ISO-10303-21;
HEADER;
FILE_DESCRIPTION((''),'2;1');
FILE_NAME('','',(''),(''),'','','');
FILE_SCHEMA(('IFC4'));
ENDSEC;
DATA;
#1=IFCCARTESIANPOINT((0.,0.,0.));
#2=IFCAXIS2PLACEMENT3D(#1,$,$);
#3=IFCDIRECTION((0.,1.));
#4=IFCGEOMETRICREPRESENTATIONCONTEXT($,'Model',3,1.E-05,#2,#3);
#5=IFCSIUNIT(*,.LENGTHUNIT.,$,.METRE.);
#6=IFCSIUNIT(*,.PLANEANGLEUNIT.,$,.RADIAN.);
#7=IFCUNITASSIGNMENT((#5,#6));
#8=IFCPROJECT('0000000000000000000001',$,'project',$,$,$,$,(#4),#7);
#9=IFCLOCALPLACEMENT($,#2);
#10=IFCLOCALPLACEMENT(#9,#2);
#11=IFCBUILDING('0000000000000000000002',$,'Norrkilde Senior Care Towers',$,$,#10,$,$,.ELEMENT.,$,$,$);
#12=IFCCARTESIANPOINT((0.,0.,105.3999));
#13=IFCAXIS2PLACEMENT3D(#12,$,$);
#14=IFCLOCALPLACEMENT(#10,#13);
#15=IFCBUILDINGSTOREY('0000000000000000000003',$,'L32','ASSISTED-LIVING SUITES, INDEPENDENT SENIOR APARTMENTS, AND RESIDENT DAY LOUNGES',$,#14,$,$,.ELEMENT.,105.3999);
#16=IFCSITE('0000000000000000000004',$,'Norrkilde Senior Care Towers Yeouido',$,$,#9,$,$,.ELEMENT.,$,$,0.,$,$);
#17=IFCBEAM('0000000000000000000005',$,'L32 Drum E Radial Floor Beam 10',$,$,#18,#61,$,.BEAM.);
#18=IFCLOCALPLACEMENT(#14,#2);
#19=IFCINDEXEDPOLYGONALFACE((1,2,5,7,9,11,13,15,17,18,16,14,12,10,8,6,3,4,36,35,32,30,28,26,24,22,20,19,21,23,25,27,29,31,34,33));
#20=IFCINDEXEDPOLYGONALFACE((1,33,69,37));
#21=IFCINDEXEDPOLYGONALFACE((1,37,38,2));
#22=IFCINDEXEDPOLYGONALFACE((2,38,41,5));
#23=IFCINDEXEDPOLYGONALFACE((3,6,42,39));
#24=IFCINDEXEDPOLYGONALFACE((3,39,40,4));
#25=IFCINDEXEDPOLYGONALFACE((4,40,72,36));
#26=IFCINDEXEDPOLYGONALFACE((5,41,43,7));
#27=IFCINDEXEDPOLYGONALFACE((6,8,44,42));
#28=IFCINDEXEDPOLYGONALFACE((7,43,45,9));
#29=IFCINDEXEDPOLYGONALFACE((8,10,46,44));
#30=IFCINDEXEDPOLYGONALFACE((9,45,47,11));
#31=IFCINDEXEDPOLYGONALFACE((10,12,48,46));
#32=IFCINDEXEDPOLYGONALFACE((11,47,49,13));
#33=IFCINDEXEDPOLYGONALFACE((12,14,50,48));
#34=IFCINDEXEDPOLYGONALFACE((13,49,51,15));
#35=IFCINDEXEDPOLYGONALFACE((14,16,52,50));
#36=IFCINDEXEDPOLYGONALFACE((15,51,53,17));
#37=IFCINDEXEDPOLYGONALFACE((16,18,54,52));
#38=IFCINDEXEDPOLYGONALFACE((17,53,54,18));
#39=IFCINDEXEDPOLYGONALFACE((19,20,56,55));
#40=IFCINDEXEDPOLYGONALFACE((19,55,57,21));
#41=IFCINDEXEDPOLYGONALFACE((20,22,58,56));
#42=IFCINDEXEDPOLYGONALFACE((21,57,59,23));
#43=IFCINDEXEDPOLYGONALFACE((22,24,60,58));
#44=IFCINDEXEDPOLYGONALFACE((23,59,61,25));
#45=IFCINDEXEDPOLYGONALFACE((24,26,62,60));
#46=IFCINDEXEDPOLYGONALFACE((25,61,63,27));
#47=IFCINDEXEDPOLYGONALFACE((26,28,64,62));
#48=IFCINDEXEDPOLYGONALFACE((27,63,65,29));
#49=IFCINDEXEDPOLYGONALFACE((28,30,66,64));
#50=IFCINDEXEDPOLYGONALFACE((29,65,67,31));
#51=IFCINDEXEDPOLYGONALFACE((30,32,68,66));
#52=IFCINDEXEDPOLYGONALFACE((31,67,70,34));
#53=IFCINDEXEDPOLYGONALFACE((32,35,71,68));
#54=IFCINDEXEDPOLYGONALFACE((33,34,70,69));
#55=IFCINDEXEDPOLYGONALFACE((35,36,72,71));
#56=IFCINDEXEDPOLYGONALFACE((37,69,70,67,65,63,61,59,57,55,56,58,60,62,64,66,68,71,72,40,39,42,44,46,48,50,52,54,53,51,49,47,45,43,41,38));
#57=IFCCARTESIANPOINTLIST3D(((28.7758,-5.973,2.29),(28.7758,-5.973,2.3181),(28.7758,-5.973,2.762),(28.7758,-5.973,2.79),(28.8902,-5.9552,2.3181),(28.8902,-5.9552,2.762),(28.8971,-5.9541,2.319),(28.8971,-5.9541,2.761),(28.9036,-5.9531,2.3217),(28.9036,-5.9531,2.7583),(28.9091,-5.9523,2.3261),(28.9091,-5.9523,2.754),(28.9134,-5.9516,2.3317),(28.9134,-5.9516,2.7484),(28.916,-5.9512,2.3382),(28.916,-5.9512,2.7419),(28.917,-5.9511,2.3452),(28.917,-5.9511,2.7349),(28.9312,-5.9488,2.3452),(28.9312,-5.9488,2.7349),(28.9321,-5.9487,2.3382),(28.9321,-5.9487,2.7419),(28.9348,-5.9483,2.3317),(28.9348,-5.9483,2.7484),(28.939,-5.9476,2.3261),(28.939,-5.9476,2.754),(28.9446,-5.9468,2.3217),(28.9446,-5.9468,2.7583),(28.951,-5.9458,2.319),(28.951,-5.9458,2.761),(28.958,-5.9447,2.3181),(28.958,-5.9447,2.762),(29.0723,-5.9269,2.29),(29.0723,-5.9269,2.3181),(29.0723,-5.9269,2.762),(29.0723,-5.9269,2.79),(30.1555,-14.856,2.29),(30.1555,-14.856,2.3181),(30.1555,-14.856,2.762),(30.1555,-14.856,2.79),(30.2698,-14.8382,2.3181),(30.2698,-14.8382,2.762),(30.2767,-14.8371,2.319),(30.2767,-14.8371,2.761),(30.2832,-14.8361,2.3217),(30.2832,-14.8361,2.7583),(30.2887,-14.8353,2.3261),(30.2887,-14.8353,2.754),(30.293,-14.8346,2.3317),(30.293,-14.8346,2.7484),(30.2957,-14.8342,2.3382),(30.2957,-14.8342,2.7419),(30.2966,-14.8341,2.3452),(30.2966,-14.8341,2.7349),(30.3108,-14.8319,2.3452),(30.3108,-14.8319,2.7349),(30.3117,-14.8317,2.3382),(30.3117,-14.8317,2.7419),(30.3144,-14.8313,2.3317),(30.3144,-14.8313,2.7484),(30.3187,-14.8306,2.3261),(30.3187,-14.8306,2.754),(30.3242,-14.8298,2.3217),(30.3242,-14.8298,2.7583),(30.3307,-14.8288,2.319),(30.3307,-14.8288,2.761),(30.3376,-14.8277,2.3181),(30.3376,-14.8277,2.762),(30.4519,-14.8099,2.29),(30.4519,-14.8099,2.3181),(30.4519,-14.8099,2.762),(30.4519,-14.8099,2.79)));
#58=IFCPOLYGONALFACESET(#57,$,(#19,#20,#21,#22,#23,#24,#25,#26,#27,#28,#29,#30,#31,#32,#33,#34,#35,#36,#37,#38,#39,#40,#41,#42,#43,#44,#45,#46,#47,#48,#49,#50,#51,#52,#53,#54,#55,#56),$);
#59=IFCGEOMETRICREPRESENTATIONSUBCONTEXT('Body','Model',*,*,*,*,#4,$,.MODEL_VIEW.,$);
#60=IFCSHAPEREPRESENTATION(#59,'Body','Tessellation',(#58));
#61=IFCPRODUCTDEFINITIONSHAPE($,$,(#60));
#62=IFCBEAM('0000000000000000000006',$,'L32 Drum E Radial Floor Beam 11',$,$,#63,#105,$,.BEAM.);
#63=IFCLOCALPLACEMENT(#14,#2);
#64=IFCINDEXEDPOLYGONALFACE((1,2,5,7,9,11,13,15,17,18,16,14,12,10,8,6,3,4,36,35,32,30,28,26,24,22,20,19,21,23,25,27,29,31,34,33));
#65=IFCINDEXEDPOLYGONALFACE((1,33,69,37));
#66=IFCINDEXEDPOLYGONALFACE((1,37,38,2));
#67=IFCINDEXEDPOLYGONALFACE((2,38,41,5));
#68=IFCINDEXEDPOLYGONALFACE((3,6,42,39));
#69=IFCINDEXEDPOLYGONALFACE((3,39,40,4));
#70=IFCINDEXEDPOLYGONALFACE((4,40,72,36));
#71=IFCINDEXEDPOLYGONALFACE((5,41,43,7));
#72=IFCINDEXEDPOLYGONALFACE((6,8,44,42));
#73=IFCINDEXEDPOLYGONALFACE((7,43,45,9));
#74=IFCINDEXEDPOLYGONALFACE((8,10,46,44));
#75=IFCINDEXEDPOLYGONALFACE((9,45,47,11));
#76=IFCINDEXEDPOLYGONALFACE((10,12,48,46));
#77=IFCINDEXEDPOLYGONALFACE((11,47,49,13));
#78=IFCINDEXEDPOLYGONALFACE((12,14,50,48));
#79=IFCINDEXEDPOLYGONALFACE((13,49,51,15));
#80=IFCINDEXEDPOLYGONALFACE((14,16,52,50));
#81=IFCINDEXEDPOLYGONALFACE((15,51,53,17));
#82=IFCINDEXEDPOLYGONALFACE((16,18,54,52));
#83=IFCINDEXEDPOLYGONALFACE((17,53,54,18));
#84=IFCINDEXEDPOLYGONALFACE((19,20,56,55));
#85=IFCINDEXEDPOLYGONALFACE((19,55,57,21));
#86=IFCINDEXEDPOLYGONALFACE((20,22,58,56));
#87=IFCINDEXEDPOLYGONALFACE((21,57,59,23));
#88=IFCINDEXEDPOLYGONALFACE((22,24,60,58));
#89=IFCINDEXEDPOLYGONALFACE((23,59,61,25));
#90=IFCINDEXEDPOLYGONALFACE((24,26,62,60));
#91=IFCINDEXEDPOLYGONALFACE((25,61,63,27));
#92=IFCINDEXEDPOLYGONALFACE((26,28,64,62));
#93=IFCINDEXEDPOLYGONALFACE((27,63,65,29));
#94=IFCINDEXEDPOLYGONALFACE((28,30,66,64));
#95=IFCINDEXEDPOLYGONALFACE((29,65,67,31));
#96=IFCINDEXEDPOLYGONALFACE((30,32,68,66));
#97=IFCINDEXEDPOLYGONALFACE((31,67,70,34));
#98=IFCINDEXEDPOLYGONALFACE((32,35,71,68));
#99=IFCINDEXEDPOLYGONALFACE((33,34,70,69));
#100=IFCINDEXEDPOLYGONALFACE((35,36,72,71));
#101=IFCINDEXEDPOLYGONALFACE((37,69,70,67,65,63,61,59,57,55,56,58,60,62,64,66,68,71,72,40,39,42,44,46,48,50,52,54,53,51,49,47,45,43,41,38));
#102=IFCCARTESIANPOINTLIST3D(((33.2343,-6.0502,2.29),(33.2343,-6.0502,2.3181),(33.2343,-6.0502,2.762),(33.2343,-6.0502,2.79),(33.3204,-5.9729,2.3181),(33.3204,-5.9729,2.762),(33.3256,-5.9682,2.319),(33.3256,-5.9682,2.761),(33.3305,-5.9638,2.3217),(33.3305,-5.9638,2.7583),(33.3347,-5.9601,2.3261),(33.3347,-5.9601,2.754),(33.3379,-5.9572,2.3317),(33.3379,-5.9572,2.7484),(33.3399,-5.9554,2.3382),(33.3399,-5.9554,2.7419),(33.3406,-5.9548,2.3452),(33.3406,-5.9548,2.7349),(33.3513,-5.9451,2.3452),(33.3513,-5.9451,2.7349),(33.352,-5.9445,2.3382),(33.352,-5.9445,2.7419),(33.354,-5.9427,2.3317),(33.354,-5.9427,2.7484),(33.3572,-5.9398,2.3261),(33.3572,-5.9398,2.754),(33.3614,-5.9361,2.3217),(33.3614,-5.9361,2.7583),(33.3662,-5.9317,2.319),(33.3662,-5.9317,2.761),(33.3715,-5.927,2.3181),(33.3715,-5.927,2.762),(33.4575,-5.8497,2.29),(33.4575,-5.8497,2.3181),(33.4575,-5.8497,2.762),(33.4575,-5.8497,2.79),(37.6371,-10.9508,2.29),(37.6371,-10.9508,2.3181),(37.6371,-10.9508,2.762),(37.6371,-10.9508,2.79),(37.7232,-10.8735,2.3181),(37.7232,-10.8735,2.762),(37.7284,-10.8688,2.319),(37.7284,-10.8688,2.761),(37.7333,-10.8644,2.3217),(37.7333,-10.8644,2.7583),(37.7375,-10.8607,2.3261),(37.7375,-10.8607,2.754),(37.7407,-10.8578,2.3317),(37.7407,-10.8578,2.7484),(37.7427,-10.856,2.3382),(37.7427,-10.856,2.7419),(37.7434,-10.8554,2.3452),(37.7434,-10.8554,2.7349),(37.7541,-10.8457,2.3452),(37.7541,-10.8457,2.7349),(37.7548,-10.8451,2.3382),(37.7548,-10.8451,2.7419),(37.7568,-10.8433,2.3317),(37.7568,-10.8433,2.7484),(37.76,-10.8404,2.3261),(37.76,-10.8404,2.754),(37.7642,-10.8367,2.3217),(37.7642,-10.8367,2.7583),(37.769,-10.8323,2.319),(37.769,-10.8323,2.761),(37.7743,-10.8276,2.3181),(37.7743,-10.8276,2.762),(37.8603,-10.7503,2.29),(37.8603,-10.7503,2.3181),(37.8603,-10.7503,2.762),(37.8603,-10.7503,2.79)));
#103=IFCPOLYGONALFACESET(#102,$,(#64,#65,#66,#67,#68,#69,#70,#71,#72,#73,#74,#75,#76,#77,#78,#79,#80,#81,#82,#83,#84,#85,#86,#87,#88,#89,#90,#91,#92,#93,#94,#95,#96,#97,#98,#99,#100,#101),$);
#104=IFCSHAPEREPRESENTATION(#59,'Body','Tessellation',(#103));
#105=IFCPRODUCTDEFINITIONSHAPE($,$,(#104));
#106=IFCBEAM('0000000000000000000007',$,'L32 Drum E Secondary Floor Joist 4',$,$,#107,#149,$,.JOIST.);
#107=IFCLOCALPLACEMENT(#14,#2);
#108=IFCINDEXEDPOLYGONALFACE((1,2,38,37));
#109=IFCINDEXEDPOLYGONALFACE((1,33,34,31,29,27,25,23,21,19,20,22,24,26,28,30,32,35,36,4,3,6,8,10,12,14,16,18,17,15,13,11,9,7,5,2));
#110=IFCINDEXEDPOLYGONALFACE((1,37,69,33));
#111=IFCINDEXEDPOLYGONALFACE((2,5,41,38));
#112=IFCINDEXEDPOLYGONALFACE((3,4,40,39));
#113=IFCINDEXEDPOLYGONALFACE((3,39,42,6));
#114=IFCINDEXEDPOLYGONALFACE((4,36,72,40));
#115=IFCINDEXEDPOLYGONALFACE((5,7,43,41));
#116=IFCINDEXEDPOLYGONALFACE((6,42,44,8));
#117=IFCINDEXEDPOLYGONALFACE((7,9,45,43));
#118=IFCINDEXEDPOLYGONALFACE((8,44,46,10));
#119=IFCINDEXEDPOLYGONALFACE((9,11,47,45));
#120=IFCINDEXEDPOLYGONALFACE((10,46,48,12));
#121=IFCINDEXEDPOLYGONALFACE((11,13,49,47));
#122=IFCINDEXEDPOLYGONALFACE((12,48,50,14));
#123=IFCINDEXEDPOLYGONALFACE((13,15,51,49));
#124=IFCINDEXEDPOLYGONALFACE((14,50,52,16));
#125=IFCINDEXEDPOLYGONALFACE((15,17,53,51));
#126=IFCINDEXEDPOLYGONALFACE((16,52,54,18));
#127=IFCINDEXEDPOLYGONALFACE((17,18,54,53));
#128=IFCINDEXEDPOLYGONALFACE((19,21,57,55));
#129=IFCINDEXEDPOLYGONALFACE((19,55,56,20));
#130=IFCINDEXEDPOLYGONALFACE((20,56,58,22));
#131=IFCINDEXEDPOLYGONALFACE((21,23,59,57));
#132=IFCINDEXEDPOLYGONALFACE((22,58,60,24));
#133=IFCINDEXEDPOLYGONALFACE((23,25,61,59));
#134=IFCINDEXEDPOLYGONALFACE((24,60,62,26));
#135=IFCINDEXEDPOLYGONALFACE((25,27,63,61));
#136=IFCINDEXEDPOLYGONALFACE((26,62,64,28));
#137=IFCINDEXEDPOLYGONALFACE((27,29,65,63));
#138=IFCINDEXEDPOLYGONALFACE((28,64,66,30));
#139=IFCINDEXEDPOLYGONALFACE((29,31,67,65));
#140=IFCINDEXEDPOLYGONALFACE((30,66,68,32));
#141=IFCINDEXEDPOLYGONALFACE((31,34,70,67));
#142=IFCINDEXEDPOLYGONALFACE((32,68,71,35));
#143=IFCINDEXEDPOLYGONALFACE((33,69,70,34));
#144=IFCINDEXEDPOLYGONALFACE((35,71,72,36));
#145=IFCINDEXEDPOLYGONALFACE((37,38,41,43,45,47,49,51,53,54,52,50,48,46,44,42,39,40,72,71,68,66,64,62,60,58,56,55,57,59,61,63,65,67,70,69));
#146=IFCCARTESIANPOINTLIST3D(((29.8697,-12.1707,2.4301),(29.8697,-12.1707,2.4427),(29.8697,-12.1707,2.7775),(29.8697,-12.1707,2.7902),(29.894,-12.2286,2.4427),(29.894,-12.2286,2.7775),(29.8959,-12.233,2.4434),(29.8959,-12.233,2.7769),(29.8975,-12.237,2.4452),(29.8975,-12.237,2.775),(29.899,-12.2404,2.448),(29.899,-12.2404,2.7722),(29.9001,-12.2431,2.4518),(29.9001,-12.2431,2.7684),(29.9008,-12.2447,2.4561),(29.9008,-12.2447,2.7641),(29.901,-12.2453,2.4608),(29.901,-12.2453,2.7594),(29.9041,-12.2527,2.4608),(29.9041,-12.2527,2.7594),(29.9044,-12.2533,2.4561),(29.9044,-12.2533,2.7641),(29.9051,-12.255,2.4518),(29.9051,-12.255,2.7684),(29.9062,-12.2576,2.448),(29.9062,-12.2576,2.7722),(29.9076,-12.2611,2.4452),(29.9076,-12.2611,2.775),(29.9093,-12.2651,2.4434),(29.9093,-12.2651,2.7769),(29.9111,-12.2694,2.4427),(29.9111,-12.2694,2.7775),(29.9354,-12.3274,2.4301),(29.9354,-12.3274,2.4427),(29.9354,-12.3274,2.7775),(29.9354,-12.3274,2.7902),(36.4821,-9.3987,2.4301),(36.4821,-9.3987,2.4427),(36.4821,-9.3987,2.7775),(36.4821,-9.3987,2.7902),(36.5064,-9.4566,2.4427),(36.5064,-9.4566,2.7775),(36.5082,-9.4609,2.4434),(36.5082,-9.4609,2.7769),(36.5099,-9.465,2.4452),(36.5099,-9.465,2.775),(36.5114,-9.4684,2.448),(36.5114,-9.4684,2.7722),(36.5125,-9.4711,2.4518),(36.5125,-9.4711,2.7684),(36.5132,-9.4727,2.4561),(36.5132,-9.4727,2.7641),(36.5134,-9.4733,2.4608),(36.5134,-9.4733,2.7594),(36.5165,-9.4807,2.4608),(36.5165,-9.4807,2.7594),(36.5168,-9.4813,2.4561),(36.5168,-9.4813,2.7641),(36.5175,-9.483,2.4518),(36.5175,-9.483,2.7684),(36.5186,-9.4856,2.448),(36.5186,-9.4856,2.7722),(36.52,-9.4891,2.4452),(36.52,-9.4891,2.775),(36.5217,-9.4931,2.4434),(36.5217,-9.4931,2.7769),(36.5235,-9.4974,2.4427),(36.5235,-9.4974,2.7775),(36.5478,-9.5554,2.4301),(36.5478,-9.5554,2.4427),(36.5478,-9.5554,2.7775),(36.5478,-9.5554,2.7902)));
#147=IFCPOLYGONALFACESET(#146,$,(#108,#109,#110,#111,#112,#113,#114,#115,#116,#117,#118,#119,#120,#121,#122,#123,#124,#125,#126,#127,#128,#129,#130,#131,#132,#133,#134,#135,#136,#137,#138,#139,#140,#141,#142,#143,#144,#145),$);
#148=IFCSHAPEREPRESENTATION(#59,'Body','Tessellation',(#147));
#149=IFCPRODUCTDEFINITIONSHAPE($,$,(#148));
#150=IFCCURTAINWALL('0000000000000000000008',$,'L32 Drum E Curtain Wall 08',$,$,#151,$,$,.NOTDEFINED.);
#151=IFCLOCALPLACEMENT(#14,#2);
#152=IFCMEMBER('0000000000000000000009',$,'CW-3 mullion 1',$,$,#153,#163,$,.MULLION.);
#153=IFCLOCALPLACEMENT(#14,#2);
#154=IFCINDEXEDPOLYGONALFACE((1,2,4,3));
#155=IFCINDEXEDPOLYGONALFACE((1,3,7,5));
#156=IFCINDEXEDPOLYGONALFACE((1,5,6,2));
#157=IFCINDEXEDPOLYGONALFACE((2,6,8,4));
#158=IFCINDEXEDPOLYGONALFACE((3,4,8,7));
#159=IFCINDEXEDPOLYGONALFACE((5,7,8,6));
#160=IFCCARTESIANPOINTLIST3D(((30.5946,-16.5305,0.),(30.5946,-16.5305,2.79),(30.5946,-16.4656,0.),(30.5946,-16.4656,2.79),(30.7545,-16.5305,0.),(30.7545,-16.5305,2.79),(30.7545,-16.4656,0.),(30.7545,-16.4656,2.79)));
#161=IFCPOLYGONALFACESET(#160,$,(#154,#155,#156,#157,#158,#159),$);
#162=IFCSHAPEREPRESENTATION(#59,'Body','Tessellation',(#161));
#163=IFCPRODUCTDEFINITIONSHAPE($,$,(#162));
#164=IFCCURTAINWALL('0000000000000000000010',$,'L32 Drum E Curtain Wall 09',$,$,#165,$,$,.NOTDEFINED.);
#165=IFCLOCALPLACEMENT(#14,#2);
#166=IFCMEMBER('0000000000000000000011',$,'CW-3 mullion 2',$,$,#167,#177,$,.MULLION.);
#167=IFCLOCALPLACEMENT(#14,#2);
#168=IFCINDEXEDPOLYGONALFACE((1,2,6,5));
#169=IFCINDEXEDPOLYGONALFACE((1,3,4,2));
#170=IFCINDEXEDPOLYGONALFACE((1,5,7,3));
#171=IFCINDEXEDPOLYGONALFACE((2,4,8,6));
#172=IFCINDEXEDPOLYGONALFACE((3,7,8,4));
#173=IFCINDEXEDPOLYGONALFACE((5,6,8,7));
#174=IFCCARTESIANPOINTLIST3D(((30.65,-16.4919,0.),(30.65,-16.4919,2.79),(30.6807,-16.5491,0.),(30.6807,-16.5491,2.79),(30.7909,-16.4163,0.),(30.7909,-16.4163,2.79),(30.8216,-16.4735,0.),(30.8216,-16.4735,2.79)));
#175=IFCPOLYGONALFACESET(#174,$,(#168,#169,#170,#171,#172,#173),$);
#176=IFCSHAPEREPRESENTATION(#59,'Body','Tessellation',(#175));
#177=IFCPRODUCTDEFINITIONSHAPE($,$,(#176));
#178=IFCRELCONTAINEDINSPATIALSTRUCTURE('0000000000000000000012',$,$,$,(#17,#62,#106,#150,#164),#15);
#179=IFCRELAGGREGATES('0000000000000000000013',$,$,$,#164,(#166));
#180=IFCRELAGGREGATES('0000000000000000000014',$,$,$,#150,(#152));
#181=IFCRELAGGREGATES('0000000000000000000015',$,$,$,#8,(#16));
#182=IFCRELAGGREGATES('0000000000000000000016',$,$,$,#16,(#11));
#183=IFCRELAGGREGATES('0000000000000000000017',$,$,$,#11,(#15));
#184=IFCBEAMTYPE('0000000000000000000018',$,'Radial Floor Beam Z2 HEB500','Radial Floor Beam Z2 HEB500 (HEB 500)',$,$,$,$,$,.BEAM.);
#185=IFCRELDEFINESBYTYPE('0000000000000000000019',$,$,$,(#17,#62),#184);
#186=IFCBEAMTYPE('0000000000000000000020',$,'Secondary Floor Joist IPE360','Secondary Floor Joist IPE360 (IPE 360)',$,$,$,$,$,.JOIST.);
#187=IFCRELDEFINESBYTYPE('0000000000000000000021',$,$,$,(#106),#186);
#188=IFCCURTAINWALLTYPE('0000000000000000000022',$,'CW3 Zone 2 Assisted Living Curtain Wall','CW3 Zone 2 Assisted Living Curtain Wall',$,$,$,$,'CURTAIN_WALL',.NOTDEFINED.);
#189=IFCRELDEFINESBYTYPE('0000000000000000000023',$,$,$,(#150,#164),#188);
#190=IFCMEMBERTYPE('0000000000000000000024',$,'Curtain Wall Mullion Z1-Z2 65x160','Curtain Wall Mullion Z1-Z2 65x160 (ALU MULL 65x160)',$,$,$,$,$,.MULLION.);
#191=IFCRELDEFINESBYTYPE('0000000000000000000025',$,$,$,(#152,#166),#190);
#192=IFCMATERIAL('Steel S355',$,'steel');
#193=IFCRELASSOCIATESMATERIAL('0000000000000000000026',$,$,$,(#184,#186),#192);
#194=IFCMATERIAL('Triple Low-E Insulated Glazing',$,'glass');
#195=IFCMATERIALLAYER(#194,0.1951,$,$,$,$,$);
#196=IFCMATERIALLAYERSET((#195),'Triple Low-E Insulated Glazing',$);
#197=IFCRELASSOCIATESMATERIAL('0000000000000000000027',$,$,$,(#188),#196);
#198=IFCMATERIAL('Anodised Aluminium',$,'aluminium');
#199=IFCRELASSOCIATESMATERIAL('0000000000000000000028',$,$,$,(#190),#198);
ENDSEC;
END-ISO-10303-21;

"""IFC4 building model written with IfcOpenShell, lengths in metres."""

from ifc_helpers import new_model, si_unit, direction, frame, origin, origin_2d, place, context, subcontext, project, spatial, rectangle, i_section, extrude, source, transform, mapped, material, layer, layer_set, material_profile, profile_set, type_object, type_shapes, element, aggregate, save


model = new_model("IFC4")

# Units and contexts
model_context = context("Model", 3, precision=1e-05, world=origin(), true_north=direction((0.0, 1.0)))
body_context = subcontext(model_context, "Body", "Model", "MODEL_VIEW")
ifc_project = project(units=[si_unit("LENGTHUNIT", "METRE"), si_unit("PLANEANGLEUNIT", "RADIAN")], contexts=[model_context])

# Site, building, storey
site_placement = place(None, origin())
site = spatial("IfcSite", under=ifc_project, at=site_placement, Name="Norrkilde Senior Care Towers Yeouido", CompositionType="ELEMENT", RefElevation=0.0)
building_placement = place(site_placement, origin())
building = spatial("IfcBuilding", under=site, at=building_placement, Name="Norrkilde Senior Care Towers", CompositionType="ELEMENT")
storey_placement = place(building_placement, frame((0.0, 0.0, 105.3999)))
storey = spatial("IfcBuildingStorey", under=building, at=storey_placement, Name="L32", Description="ASSISTED-LIVING SUITES, INDEPENDENT SENIOR APARTMENTS, AND RESIDENT DAY LOUNGES", CompositionType="ELEMENT", Elevation=105.3999)

# Beams
ifc_material_1 = material(Name="Steel S355", Category="steel")
ifc_material_profile_1 = material_profile(ifc_material_1, i_section(OverallWidth=0.3, OverallDepth=0.5, WebThickness=0.0144, FlangeThickness=0.0281, FilletRadius=0.0271, at=origin_2d()), Name="HEB 500")
ifc_profile_set_1 = profile_set([ifc_material_profile_1], Name="Steel S355")
beam_type_1 = type_object("IfcBeamType", Name="Radial Floor Beam Z2 HEB500", Description="Radial Floor Beam Z2 HEB500 (HEB 500)", PredefinedType="BEAM", material=ifc_profile_set_1)
shared_shape_1 = source(origin(), body_context, "Body", "SweptSolid", [
    extrude(i_section(OverallWidth=0.3, OverallDepth=0.5, WebThickness=0.0144, FlangeThickness=0.0281, FilletRadius=0.0271, at=origin_2d()), origin(), (0.0, 0.0, 1.0), 8.9895),
])
beam_1_placement = place(storey_placement, frame((28.9241, -5.95, 2.54), z_axis=(0.153471, -0.988153, 0.0), x_axis=(0.988153, 0.153471, 0.0)))
element("IfcBeam", 1, at=beam_1_placement, inside=storey, type_object=beam_type_1, Name="L32 Drum E Radial Floor Beam 10", PredefinedType="BEAM", context=body_context, shape_type="MappedRepresentation", body=[
    mapped(shared_shape_1, transform((0.0, 0.0, 0.0), x_axis=(1.0, 0.0, 0.0), y_axis=(0.0, 1.0, 0.0), z_axis=(0.0, 0.0, 1.0), scale=1.0)),
])
shared_shape_2 = source(origin(), body_context, "Body", "SweptSolid", [
    extrude(i_section(OverallWidth=0.3, OverallDepth=0.5, WebThickness=0.0144, FlangeThickness=0.0281, FilletRadius=0.0271, at=origin_2d()), origin(), (0.0, 0.0, 1.0), 6.5879),
])
beam_2_placement = place(storey_placement, frame((33.3459, -5.95, 2.54), z_axis=(0.668315, -0.743878, 0.0), x_axis=(0.743878, 0.668315, 0.0)))
element("IfcBeam", 2, at=beam_2_placement, inside=storey, type_object=beam_type_1, Name="L32 Drum E Radial Floor Beam 11", PredefinedType="BEAM", context=body_context, shape_type="MappedRepresentation", body=[
    mapped(shared_shape_2, transform((0.0, 0.0, 0.0), x_axis=(1.0, 0.0, 0.0), y_axis=(0.0, 1.0, 0.0), z_axis=(0.0, 0.0, 1.0), scale=1.0)),
])
ifc_material_profile_2 = material_profile(ifc_material_1, i_section(OverallWidth=0.1699, OverallDepth=0.3601, WebThickness=0.0081, FlangeThickness=0.0127, FilletRadius=0.0181, at=origin_2d()), Name="IPE 360")
ifc_profile_set_2 = profile_set([ifc_material_profile_2], Name="Steel S355")
beam_type_2 = type_object("IfcBeamType", Name="Secondary Floor Joist IPE360", Description="Secondary Floor Joist IPE360 (IPE 360)", PredefinedType="JOIST", material=ifc_profile_set_2)
shared_shape_3 = source(origin(), body_context, "Body", "SweptSolid", [
    extrude(i_section(OverallWidth=0.1699, OverallDepth=0.3601, WebThickness=0.0081, FlangeThickness=0.0127, FilletRadius=0.0181, at=origin_2d()), origin(), (0.0, 0.0, 1.0), 7.1699),
])
type_shapes(beam_type_2, [shared_shape_3])
beam_3_placement = place(storey_placement, frame((29.9026, -12.249, 2.6101), z_axis=(0.922241, 0.386616, 0.0), x_axis=(-0.386616, 0.922241, 0.0)))
element("IfcBeam", 3, at=beam_3_placement, inside=storey, type_object=beam_type_2, Name="L32 Drum E Secondary Floor Joist 4", PredefinedType="JOIST", context=body_context, shape_type="MappedRepresentation", body=[
    mapped(shared_shape_3, transform((0.0, 0.0, 0.0), x_axis=(1.0, 0.0, 0.0), y_axis=(0.0, 1.0, 0.0), z_axis=(0.0, 0.0, 1.0), scale=1.0)),
])

# Curtain walls, members
ifc_material_2 = material(Name="Triple Low-E Insulated Glazing", Category="glass")
ifc_layer_1 = layer(ifc_material_2, 0.1951)
ifc_layer_set_1 = layer_set([ifc_layer_1], Name="Triple Low-E Insulated Glazing")
curtain_wall_type = type_object("IfcCurtainWallType", Name="CW3 Zone 2 Assisted Living Curtain Wall", Description="CW3 Zone 2 Assisted Living Curtain Wall", ElementType="CURTAIN_WALL", PredefinedType="NOTDEFINED", material=ifc_layer_set_1)
curtain_wall_1_placement = place(storey_placement, origin())
curtain_wall_1 = element("IfcCurtainWall", 4, at=curtain_wall_1_placement, inside=storey, type_object=curtain_wall_type, Name="L32 Drum E Curtain Wall 08", PredefinedType="NOTDEFINED")
ifc_material_3 = material(Name="Anodised Aluminium", Category="aluminium")
ifc_material_profile_3 = material_profile(ifc_material_3, rectangle(XDim=0.0649, YDim=0.1599, at=origin_2d()), Name="ALU MULL 65x160")
ifc_profile_set_3 = profile_set([ifc_material_profile_3], Name="Anodised Aluminium")
member_type_1 = type_object("IfcMemberType", Name="Curtain Wall Mullion Z1-Z2 65x160", Description="Curtain Wall Mullion Z1-Z2 65x160 (ALU MULL 65x160)", PredefinedType="MULLION", material=ifc_profile_set_3)
shared_shape_4 = source(origin(), body_context, "Body", "SweptSolid", [
    extrude(rectangle(XDim=0.0649, YDim=0.1599, at=origin_2d()), origin(), (0.0, 0.0, 1.0), 2.79),
])
type_shapes(member_type_1, [shared_shape_4])
member_1_placement = place(storey_placement, frame((30.6746, -16.498, 0.0), z_axis=(0.0, 0.0, 1.0), x_axis=(0.0, -1.0, 0.0)))
member_1 = element("IfcMember", 5, at=member_1_placement, type_object=member_type_1, Name="CW-3 mullion 1", PredefinedType="MULLION", context=body_context, shape_type="MappedRepresentation", body=[
    mapped(shared_shape_4, transform((0.0, 0.0, 0.0), x_axis=(1.0, 0.0, 0.0), y_axis=(0.0, 1.0, 0.0), z_axis=(0.0, 0.0, 1.0), scale=1.0)),
])
curtain_wall_2_placement = place(storey_placement, origin())
curtain_wall_2 = element("IfcCurtainWall", 6, at=curtain_wall_2_placement, inside=storey, type_object=curtain_wall_type, Name="L32 Drum E Curtain Wall 09", PredefinedType="NOTDEFINED")
member_2_placement = place(storey_placement, frame((30.7358, -16.4827, 0.0), z_axis=(0.0, 0.0, 1.0), x_axis=(0.472769, -0.881186, 0.0)))
member_2 = element("IfcMember", 7, at=member_2_placement, type_object=member_type_1, Name="CW-3 mullion 2", PredefinedType="MULLION", context=body_context, shape_type="MappedRepresentation", body=[
    mapped(shared_shape_4, transform((0.0, 0.0, 0.0), x_axis=(1.0, 0.0, 0.0), y_axis=(0.0, 1.0, 0.0), z_axis=(0.0, 0.0, 1.0), scale=1.0)),
])
aggregate(curtain_wall_2, [member_2])

aggregate(curtain_wall_1, [member_1])

save(model, "model.ifc")
